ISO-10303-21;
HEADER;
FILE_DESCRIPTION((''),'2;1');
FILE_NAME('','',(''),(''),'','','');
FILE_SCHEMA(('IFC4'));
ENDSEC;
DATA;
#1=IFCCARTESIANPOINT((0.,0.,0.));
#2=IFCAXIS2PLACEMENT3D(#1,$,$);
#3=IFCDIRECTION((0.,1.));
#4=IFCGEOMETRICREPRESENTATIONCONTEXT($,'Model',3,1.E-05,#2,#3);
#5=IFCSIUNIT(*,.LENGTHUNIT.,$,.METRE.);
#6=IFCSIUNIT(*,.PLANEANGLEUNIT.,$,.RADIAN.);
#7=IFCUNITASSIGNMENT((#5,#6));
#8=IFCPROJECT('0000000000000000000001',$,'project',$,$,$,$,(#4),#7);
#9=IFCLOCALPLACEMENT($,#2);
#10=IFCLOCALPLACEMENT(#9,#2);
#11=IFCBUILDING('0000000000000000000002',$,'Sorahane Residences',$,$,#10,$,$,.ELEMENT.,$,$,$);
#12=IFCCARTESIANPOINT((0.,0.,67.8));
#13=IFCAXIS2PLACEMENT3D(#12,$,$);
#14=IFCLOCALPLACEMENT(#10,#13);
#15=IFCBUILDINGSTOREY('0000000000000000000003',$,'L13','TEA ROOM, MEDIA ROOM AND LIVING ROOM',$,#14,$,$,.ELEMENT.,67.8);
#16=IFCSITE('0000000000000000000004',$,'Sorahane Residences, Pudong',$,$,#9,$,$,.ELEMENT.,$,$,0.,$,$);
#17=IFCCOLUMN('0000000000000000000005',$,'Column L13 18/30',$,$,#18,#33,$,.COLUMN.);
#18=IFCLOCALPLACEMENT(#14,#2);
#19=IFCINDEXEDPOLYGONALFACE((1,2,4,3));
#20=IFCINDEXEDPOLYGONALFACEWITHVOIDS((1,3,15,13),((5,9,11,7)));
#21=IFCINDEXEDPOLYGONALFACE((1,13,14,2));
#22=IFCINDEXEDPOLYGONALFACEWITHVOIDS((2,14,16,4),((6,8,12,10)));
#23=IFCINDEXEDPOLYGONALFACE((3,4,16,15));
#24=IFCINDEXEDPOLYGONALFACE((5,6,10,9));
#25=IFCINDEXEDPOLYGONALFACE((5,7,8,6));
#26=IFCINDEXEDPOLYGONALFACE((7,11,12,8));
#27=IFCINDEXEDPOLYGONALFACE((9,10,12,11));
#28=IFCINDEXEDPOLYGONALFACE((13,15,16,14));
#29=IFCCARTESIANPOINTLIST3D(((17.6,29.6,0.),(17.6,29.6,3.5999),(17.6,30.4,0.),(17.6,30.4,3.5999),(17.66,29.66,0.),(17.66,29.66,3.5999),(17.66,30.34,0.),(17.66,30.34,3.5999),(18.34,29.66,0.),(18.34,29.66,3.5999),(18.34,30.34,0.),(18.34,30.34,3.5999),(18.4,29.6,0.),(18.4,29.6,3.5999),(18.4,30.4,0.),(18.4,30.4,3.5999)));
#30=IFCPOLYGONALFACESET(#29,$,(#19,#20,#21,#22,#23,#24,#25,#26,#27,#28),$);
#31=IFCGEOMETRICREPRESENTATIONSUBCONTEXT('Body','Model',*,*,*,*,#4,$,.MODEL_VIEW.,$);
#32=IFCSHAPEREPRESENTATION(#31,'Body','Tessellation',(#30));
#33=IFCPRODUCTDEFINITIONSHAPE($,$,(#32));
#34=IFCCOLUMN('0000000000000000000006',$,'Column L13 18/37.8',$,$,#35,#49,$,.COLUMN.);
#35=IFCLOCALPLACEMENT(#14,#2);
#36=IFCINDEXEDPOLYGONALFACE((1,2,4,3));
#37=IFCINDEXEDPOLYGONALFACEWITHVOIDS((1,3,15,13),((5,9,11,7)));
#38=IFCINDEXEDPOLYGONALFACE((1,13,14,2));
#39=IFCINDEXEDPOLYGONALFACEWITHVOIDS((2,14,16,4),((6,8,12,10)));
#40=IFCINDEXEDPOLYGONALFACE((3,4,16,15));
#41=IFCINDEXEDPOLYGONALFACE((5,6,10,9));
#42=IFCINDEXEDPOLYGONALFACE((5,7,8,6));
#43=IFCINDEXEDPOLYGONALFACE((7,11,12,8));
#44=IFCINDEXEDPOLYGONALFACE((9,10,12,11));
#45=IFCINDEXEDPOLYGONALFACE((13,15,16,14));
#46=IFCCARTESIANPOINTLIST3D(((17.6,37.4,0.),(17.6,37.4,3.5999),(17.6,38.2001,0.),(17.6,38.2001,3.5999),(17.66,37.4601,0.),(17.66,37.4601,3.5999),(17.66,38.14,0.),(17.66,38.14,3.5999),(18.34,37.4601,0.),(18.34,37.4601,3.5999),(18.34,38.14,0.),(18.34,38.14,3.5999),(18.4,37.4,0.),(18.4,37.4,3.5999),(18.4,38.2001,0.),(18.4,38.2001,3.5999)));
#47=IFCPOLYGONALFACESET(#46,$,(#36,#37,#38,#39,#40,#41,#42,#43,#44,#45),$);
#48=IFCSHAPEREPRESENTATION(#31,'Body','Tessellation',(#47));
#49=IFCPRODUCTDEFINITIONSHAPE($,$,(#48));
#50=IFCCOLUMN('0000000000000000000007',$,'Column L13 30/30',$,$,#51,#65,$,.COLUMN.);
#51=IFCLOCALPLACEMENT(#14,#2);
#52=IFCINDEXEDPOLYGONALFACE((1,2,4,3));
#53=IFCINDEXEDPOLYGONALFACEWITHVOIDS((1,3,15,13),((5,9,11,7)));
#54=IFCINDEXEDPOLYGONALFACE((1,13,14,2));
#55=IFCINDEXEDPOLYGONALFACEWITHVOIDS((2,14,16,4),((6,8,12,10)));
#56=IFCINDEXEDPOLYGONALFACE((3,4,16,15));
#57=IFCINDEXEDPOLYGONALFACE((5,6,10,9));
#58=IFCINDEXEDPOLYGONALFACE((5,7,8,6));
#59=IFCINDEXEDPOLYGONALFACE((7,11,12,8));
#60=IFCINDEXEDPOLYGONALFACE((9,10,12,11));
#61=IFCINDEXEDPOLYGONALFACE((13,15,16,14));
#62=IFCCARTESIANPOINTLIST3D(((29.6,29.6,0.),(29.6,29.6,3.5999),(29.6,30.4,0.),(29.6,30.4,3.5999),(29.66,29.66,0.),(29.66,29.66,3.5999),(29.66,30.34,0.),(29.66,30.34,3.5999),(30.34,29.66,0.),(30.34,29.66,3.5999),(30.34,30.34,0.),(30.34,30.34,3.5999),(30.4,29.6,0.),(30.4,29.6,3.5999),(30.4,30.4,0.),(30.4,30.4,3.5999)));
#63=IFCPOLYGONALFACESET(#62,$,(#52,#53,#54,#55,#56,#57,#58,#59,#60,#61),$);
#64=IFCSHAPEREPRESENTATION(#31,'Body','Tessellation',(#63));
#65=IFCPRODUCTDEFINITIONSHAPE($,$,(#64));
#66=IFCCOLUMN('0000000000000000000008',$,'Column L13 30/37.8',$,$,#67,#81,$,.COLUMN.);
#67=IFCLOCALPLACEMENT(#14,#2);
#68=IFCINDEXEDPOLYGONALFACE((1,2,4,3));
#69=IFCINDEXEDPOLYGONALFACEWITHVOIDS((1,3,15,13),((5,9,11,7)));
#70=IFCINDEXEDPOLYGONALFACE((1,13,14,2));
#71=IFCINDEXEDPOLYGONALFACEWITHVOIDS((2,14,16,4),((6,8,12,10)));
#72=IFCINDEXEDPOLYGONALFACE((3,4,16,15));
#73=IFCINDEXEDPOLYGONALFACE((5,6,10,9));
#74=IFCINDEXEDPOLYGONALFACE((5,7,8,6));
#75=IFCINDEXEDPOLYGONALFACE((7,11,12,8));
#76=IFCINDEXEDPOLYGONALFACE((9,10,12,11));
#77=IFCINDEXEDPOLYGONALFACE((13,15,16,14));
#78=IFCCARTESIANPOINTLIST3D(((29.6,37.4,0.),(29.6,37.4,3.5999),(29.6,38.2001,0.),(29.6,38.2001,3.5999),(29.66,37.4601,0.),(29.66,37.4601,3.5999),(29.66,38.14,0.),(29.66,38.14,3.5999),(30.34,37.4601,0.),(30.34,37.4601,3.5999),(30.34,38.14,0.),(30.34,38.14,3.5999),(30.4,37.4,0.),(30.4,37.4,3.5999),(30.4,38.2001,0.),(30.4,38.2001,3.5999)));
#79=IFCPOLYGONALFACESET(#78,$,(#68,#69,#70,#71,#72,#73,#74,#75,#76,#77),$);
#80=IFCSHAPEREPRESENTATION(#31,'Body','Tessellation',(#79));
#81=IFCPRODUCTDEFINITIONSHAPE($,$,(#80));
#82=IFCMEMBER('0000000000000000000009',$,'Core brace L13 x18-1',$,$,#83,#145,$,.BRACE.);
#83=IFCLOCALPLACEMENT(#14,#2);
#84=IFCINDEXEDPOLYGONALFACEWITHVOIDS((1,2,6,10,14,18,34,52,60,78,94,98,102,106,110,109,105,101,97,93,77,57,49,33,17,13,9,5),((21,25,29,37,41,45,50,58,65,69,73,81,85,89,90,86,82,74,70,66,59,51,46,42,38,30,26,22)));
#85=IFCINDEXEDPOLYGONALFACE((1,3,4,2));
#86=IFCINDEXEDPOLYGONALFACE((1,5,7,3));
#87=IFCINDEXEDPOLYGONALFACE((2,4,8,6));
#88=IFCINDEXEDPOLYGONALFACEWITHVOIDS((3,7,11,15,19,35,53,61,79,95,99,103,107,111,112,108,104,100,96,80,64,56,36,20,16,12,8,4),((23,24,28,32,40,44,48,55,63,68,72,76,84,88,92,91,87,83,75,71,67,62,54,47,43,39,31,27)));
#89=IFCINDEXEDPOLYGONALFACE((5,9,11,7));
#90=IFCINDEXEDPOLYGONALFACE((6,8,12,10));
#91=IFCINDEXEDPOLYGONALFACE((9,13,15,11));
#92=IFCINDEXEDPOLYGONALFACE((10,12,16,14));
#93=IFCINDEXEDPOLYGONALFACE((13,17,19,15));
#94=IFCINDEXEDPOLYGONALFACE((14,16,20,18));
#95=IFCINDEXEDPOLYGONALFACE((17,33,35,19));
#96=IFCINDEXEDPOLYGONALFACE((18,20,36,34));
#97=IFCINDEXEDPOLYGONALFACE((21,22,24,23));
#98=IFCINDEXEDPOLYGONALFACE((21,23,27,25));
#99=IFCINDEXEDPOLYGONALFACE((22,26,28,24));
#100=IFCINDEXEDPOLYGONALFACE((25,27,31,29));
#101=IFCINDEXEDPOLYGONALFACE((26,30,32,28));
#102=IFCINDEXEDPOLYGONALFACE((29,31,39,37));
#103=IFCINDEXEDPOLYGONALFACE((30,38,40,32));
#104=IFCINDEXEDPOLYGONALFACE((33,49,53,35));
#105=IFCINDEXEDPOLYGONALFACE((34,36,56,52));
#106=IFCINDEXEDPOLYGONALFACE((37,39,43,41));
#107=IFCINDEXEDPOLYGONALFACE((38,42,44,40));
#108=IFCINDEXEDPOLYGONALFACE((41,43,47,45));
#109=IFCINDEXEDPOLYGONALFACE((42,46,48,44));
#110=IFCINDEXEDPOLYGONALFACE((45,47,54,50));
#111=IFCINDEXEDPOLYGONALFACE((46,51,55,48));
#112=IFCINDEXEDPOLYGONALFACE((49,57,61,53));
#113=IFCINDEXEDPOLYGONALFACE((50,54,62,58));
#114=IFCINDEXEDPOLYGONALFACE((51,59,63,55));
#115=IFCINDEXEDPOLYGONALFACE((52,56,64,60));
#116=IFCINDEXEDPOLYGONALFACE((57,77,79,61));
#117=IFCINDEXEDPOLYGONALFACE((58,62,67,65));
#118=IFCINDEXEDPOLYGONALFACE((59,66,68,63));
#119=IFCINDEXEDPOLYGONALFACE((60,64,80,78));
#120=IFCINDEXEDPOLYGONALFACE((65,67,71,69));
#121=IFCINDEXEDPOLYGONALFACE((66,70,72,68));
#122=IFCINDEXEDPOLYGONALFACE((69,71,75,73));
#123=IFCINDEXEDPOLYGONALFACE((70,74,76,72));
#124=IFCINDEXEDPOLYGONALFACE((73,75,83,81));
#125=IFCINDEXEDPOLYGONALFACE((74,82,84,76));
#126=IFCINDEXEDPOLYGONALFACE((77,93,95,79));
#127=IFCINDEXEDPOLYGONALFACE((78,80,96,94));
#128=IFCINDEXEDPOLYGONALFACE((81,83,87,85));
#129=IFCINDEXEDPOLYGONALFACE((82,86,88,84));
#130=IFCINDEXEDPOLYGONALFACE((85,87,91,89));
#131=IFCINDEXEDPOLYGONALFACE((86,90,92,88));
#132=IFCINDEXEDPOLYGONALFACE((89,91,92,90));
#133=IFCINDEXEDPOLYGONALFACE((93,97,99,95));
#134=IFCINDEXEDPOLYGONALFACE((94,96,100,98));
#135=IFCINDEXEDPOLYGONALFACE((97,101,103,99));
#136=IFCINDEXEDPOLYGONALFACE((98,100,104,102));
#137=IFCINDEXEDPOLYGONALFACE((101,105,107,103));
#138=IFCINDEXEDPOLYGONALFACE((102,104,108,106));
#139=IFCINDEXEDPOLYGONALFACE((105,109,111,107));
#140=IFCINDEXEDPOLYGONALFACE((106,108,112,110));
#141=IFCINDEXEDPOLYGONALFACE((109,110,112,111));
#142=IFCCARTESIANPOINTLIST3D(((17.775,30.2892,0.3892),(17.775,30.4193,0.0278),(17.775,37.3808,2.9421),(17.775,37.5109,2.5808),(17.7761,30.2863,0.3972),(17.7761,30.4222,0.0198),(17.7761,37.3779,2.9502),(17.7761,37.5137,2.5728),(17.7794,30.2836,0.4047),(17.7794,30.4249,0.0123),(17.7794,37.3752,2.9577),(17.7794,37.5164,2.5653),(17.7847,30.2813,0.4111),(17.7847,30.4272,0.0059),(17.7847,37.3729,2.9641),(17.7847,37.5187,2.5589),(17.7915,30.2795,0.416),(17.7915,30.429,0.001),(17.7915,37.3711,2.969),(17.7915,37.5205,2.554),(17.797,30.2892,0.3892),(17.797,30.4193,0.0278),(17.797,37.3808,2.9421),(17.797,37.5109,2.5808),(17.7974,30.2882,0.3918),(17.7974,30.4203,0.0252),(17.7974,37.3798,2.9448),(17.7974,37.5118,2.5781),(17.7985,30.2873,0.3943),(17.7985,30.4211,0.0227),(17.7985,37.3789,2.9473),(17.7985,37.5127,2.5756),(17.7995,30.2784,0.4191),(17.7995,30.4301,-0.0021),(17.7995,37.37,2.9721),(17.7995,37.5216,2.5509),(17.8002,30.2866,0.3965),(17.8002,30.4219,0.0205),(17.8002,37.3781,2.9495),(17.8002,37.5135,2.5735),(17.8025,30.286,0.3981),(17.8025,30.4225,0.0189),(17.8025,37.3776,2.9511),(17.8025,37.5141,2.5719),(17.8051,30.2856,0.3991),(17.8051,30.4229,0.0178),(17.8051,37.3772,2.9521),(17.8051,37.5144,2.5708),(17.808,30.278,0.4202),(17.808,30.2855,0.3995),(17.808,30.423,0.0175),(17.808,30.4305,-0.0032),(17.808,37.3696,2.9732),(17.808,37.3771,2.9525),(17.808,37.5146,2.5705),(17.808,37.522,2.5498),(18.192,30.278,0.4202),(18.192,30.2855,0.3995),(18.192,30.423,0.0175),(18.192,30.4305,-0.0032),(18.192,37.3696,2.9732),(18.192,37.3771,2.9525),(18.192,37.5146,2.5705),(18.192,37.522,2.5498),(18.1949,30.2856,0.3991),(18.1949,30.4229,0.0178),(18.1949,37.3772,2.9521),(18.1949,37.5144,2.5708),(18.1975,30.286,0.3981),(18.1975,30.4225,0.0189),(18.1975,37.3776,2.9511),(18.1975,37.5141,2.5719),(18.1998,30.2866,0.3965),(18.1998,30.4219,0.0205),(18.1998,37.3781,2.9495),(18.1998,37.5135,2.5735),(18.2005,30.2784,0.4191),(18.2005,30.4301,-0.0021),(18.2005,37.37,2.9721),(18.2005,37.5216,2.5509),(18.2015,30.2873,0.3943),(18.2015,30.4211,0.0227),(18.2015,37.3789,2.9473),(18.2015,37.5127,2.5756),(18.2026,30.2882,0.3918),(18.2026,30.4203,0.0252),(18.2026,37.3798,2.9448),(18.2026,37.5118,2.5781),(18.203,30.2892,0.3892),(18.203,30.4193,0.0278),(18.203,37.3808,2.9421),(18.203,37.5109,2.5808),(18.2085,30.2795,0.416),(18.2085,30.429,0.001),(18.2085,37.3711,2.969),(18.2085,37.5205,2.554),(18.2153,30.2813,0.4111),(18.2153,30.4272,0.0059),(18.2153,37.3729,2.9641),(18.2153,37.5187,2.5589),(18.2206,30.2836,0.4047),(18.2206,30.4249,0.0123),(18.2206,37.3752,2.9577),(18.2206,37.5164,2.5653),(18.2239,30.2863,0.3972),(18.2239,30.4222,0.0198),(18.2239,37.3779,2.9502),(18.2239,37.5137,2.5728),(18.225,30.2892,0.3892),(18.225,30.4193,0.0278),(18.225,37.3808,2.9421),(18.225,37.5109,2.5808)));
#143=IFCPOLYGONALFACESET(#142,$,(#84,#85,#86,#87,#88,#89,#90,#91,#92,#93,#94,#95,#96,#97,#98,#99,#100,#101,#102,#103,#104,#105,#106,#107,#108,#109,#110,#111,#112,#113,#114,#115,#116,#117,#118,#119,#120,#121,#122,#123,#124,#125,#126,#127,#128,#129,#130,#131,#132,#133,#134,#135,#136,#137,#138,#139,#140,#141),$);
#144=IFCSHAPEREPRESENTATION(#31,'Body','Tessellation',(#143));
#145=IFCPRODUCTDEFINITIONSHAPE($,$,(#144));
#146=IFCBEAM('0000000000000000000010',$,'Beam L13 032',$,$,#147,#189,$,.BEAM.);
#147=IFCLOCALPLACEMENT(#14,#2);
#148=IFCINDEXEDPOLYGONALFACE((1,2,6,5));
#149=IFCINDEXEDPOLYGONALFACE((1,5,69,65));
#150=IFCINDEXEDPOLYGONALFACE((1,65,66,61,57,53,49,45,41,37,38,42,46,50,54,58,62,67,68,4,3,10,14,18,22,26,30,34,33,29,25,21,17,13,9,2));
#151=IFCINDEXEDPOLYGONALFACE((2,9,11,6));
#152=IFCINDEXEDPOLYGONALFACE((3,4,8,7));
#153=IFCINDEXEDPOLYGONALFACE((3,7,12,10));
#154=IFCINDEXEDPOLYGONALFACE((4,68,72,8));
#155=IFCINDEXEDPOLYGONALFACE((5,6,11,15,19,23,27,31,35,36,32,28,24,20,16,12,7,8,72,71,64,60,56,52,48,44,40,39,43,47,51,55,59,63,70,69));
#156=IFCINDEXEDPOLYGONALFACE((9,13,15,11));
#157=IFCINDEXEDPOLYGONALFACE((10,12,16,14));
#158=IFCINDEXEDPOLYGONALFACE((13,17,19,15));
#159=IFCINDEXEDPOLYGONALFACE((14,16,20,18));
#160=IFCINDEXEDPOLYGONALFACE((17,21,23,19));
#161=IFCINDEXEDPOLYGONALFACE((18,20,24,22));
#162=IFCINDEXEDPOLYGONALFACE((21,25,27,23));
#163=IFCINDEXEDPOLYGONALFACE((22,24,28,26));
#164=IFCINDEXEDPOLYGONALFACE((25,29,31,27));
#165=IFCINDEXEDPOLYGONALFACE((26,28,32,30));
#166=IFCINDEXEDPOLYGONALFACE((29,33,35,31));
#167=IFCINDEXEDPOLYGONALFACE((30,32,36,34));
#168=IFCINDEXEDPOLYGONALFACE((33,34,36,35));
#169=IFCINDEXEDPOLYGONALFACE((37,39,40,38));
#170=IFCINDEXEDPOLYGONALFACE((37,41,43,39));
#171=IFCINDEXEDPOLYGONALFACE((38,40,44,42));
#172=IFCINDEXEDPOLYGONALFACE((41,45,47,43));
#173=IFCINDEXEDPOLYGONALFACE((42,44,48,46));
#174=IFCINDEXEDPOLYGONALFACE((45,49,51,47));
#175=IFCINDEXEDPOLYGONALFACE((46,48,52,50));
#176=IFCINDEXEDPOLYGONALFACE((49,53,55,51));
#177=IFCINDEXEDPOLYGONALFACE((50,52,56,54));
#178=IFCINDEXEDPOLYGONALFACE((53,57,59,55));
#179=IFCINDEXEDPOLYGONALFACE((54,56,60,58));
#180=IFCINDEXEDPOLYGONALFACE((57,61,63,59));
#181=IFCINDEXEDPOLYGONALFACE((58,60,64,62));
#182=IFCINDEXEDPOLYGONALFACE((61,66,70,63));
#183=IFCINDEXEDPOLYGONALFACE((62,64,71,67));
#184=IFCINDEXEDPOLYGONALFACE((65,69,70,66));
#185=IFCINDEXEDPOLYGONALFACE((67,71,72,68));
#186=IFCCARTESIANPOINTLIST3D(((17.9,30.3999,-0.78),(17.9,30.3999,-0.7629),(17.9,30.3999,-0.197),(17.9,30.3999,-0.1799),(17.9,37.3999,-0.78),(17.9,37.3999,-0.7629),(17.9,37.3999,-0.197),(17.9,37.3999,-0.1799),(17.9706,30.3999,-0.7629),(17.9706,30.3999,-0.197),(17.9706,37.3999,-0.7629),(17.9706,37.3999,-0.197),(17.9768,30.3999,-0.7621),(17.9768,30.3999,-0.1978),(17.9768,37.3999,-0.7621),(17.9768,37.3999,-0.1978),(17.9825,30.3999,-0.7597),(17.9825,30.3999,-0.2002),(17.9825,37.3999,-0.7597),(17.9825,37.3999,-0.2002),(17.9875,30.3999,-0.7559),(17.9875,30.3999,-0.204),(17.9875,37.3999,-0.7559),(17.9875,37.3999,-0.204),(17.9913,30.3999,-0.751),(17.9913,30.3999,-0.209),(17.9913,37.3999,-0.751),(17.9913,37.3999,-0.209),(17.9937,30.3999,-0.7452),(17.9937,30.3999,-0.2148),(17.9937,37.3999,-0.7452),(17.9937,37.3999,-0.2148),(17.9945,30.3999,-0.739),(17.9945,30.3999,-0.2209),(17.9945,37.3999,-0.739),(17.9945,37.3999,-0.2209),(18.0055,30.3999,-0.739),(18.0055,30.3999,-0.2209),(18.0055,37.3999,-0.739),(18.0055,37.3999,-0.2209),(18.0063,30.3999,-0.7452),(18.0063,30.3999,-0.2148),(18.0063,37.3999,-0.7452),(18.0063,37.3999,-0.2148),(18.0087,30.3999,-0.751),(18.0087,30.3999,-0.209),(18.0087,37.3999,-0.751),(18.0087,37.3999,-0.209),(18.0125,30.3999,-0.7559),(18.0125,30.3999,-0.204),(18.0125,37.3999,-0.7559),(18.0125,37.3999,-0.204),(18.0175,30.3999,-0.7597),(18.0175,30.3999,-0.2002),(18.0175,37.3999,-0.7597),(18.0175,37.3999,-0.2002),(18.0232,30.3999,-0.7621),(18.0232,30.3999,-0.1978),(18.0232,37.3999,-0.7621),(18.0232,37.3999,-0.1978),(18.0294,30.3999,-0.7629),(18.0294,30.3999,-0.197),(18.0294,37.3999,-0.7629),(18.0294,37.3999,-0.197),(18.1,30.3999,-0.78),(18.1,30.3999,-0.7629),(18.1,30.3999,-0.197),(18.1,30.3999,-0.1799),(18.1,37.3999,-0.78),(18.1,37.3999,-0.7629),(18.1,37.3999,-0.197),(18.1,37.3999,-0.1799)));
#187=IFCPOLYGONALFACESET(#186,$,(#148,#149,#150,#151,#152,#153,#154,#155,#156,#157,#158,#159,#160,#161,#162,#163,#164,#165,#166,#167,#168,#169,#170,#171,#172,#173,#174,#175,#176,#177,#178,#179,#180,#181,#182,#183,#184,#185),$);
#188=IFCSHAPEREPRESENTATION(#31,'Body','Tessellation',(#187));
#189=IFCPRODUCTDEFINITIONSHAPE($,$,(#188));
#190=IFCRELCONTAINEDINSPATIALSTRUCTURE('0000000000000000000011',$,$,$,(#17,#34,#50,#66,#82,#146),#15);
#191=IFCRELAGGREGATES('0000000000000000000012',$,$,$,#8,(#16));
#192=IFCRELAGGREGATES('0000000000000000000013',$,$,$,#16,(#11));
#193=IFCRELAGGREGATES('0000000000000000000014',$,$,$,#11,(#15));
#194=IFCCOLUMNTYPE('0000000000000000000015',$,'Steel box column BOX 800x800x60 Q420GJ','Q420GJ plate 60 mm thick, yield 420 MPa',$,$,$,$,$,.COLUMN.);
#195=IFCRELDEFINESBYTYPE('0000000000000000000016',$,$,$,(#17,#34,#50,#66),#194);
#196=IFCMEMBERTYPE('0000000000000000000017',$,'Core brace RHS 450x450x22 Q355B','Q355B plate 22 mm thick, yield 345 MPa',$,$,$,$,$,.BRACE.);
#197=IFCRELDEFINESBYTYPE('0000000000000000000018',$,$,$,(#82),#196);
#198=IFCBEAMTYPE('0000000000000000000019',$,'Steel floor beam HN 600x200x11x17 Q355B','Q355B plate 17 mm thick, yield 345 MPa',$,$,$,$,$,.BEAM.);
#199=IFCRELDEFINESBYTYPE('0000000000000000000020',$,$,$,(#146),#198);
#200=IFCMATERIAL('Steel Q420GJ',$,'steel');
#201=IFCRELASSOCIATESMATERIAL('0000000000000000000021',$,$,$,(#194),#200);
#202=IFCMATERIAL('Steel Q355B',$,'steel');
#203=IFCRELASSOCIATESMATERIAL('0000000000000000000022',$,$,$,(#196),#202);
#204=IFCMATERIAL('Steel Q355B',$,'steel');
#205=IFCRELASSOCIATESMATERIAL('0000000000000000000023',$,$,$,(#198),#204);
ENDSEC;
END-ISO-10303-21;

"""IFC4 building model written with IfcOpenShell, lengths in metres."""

from ifc_helpers import new_model, si_unit, direction, frame, origin, origin_2d, place, context, subcontext, project, spatial, hollow_rectangle, i_section, extrude, material, material_profile, profile_set, type_object, element, save


model = new_model("IFC4")

# Units and contexts
model_context = context("Model", 3, precision=1e-05, world=origin(), true_north=direction((0.0, 1.0)))
body_context = subcontext(model_context, "Body", "Model", "MODEL_VIEW")
ifc_project = project(units=[si_unit("LENGTHUNIT", "METRE"), si_unit("PLANEANGLEUNIT", "RADIAN")], contexts=[model_context])

# Site, building, storey
site_placement = place(None, origin())
site = spatial("IfcSite", under=ifc_project, at=site_placement, Name="Sorahane Residences, Pudong", CompositionType="ELEMENT", RefElevation=0.0)
building_placement = place(site_placement, origin())
building = spatial("IfcBuilding", under=site, at=building_placement, Name="Sorahane Residences", CompositionType="ELEMENT")
storey_placement = place(building_placement, frame((0.0, 0.0, 67.8)))
storey = spatial("IfcBuildingStorey", under=building, at=storey_placement, Name="L13", Description="TEA ROOM, MEDIA ROOM AND LIVING ROOM", CompositionType="ELEMENT", Elevation=67.8)

# Columns
ifc_material_1 = material(Name="Steel Q420GJ", Category="steel")
ifc_material_profile_1 = material_profile(ifc_material_1, hollow_rectangle(XDim=0.8, YDim=0.8, WallThickness=0.0601, at=origin_2d()), Name="BOX 800x800x60")
ifc_profile_set_1 = profile_set([ifc_material_profile_1], Name="Steel Q420GJ")
column_type = type_object("IfcColumnType", Name="Steel box column BOX 800x800x60 Q420GJ", Description="Q420GJ plate 60 mm thick, yield 420 MPa", PredefinedType="COLUMN", material=ifc_profile_set_1)
for number, where, z_axis, x_axis, name in (
    (1, (18.0, 30.0, 0.0), (0.0, 0.0, 1.0), (1.0, 0.0, 0.0), "Column L13 18/30"),
    (2, (18.0, 37.8, 0.0), (0.0, 0.0, 1.0), (1.0, 0.0, 0.0), "Column L13 18/37.8"),
    (3, (30.0, 30.0, 0.0), (0.0, 0.0, 1.0), (1.0, 0.0, 0.0), "Column L13 30/30"),
    (4, (30.0, 37.8, 0.0), (0.0, 0.0, 1.0), (1.0, 0.0, 0.0), "Column L13 30/37.8"),
):
    element("IfcColumn", number, at=place(storey_placement, frame(where, z_axis=z_axis, x_axis=x_axis)), inside=storey, type_object=column_type, Name=name, PredefinedType="COLUMN", context=body_context, shape_type="SweptSolid", body=[
        extrude(hollow_rectangle(XDim=0.8, YDim=0.8, WallThickness=0.0601, at=origin_2d()), origin(), (0.0, 0.0, 1.0), 3.5999),
    ])

# Member
ifc_material_2 = material(Name="Steel Q355B", Category="steel")
ifc_material_profile_2 = material_profile(ifc_material_2, hollow_rectangle(XDim=0.45, YDim=0.45, WallThickness=0.022, InnerFilletRadius=0.011, OuterFilletRadius=0.033, at=origin_2d()), Name="RHS 450x450x22")
ifc_profile_set_2 = profile_set([ifc_material_profile_2], Name="Steel Q355B")
member_type = type_object("IfcMemberType", Name="Core brace RHS 450x450x22 Q355B", Description="Q355B plate 22 mm thick, yield 345 MPa", PredefinedType="BRACE", material=ifc_profile_set_2)
member_placement = place(storey_placement, frame((18.0, 30.3542, 0.2085), z_axis=(0.0, 0.940887, 0.338722), x_axis=(-1.0, 0.0, 0.0)))
element("IfcMember", 5, at=member_placement, inside=storey, type_object=member_type, Name="Core brace L13 x18-1", PredefinedType="BRACE", context=body_context, shape_type="SweptSolid", body=[
    extrude(hollow_rectangle(XDim=0.45, YDim=0.45, WallThickness=0.022, InnerFilletRadius=0.011, OuterFilletRadius=0.033, at=origin_2d()), origin(), (0.0, 0.0, 1.0), 7.5371),
])

# Beam
ifc_material_3 = material(Name="Steel Q355B", Category="steel")
ifc_material_profile_3 = material_profile(ifc_material_3, i_section(OverallWidth=0.2, OverallDepth=0.6001, WebThickness=0.011, FlangeThickness=0.0171, FilletRadius=0.0239, at=origin_2d()), Name="HN 600x200x11x17")
ifc_profile_set_3 = profile_set([ifc_material_profile_3], Name="Steel Q355B")
beam_type = type_object("IfcBeamType", Name="Steel floor beam HN 600x200x11x17 Q355B", Description="Q355B plate 17 mm thick, yield 345 MPa", PredefinedType="BEAM", material=ifc_profile_set_3)
for number, where, z_axis, x_axis, name in (
    (6, (18.0, 30.3999, -0.48), (0.0, 1.0, 0.0), (-1.0, 0.0, 0.0), "Beam L13 032"),
):
    element("IfcBeam", number, at=place(storey_placement, frame(where, z_axis=z_axis, x_axis=x_axis)), inside=storey, type_object=beam_type, Name=name, PredefinedType="BEAM", context=body_context, shape_type="SweptSolid", body=[
        extrude(i_section(OverallWidth=0.2, OverallDepth=0.6001, WebThickness=0.011, FlangeThickness=0.0171, FilletRadius=0.0239, at=origin_2d()), origin(), (0.0, 0.0, 1.0), 7.0),
    ])

save(model, "model.ifc")
